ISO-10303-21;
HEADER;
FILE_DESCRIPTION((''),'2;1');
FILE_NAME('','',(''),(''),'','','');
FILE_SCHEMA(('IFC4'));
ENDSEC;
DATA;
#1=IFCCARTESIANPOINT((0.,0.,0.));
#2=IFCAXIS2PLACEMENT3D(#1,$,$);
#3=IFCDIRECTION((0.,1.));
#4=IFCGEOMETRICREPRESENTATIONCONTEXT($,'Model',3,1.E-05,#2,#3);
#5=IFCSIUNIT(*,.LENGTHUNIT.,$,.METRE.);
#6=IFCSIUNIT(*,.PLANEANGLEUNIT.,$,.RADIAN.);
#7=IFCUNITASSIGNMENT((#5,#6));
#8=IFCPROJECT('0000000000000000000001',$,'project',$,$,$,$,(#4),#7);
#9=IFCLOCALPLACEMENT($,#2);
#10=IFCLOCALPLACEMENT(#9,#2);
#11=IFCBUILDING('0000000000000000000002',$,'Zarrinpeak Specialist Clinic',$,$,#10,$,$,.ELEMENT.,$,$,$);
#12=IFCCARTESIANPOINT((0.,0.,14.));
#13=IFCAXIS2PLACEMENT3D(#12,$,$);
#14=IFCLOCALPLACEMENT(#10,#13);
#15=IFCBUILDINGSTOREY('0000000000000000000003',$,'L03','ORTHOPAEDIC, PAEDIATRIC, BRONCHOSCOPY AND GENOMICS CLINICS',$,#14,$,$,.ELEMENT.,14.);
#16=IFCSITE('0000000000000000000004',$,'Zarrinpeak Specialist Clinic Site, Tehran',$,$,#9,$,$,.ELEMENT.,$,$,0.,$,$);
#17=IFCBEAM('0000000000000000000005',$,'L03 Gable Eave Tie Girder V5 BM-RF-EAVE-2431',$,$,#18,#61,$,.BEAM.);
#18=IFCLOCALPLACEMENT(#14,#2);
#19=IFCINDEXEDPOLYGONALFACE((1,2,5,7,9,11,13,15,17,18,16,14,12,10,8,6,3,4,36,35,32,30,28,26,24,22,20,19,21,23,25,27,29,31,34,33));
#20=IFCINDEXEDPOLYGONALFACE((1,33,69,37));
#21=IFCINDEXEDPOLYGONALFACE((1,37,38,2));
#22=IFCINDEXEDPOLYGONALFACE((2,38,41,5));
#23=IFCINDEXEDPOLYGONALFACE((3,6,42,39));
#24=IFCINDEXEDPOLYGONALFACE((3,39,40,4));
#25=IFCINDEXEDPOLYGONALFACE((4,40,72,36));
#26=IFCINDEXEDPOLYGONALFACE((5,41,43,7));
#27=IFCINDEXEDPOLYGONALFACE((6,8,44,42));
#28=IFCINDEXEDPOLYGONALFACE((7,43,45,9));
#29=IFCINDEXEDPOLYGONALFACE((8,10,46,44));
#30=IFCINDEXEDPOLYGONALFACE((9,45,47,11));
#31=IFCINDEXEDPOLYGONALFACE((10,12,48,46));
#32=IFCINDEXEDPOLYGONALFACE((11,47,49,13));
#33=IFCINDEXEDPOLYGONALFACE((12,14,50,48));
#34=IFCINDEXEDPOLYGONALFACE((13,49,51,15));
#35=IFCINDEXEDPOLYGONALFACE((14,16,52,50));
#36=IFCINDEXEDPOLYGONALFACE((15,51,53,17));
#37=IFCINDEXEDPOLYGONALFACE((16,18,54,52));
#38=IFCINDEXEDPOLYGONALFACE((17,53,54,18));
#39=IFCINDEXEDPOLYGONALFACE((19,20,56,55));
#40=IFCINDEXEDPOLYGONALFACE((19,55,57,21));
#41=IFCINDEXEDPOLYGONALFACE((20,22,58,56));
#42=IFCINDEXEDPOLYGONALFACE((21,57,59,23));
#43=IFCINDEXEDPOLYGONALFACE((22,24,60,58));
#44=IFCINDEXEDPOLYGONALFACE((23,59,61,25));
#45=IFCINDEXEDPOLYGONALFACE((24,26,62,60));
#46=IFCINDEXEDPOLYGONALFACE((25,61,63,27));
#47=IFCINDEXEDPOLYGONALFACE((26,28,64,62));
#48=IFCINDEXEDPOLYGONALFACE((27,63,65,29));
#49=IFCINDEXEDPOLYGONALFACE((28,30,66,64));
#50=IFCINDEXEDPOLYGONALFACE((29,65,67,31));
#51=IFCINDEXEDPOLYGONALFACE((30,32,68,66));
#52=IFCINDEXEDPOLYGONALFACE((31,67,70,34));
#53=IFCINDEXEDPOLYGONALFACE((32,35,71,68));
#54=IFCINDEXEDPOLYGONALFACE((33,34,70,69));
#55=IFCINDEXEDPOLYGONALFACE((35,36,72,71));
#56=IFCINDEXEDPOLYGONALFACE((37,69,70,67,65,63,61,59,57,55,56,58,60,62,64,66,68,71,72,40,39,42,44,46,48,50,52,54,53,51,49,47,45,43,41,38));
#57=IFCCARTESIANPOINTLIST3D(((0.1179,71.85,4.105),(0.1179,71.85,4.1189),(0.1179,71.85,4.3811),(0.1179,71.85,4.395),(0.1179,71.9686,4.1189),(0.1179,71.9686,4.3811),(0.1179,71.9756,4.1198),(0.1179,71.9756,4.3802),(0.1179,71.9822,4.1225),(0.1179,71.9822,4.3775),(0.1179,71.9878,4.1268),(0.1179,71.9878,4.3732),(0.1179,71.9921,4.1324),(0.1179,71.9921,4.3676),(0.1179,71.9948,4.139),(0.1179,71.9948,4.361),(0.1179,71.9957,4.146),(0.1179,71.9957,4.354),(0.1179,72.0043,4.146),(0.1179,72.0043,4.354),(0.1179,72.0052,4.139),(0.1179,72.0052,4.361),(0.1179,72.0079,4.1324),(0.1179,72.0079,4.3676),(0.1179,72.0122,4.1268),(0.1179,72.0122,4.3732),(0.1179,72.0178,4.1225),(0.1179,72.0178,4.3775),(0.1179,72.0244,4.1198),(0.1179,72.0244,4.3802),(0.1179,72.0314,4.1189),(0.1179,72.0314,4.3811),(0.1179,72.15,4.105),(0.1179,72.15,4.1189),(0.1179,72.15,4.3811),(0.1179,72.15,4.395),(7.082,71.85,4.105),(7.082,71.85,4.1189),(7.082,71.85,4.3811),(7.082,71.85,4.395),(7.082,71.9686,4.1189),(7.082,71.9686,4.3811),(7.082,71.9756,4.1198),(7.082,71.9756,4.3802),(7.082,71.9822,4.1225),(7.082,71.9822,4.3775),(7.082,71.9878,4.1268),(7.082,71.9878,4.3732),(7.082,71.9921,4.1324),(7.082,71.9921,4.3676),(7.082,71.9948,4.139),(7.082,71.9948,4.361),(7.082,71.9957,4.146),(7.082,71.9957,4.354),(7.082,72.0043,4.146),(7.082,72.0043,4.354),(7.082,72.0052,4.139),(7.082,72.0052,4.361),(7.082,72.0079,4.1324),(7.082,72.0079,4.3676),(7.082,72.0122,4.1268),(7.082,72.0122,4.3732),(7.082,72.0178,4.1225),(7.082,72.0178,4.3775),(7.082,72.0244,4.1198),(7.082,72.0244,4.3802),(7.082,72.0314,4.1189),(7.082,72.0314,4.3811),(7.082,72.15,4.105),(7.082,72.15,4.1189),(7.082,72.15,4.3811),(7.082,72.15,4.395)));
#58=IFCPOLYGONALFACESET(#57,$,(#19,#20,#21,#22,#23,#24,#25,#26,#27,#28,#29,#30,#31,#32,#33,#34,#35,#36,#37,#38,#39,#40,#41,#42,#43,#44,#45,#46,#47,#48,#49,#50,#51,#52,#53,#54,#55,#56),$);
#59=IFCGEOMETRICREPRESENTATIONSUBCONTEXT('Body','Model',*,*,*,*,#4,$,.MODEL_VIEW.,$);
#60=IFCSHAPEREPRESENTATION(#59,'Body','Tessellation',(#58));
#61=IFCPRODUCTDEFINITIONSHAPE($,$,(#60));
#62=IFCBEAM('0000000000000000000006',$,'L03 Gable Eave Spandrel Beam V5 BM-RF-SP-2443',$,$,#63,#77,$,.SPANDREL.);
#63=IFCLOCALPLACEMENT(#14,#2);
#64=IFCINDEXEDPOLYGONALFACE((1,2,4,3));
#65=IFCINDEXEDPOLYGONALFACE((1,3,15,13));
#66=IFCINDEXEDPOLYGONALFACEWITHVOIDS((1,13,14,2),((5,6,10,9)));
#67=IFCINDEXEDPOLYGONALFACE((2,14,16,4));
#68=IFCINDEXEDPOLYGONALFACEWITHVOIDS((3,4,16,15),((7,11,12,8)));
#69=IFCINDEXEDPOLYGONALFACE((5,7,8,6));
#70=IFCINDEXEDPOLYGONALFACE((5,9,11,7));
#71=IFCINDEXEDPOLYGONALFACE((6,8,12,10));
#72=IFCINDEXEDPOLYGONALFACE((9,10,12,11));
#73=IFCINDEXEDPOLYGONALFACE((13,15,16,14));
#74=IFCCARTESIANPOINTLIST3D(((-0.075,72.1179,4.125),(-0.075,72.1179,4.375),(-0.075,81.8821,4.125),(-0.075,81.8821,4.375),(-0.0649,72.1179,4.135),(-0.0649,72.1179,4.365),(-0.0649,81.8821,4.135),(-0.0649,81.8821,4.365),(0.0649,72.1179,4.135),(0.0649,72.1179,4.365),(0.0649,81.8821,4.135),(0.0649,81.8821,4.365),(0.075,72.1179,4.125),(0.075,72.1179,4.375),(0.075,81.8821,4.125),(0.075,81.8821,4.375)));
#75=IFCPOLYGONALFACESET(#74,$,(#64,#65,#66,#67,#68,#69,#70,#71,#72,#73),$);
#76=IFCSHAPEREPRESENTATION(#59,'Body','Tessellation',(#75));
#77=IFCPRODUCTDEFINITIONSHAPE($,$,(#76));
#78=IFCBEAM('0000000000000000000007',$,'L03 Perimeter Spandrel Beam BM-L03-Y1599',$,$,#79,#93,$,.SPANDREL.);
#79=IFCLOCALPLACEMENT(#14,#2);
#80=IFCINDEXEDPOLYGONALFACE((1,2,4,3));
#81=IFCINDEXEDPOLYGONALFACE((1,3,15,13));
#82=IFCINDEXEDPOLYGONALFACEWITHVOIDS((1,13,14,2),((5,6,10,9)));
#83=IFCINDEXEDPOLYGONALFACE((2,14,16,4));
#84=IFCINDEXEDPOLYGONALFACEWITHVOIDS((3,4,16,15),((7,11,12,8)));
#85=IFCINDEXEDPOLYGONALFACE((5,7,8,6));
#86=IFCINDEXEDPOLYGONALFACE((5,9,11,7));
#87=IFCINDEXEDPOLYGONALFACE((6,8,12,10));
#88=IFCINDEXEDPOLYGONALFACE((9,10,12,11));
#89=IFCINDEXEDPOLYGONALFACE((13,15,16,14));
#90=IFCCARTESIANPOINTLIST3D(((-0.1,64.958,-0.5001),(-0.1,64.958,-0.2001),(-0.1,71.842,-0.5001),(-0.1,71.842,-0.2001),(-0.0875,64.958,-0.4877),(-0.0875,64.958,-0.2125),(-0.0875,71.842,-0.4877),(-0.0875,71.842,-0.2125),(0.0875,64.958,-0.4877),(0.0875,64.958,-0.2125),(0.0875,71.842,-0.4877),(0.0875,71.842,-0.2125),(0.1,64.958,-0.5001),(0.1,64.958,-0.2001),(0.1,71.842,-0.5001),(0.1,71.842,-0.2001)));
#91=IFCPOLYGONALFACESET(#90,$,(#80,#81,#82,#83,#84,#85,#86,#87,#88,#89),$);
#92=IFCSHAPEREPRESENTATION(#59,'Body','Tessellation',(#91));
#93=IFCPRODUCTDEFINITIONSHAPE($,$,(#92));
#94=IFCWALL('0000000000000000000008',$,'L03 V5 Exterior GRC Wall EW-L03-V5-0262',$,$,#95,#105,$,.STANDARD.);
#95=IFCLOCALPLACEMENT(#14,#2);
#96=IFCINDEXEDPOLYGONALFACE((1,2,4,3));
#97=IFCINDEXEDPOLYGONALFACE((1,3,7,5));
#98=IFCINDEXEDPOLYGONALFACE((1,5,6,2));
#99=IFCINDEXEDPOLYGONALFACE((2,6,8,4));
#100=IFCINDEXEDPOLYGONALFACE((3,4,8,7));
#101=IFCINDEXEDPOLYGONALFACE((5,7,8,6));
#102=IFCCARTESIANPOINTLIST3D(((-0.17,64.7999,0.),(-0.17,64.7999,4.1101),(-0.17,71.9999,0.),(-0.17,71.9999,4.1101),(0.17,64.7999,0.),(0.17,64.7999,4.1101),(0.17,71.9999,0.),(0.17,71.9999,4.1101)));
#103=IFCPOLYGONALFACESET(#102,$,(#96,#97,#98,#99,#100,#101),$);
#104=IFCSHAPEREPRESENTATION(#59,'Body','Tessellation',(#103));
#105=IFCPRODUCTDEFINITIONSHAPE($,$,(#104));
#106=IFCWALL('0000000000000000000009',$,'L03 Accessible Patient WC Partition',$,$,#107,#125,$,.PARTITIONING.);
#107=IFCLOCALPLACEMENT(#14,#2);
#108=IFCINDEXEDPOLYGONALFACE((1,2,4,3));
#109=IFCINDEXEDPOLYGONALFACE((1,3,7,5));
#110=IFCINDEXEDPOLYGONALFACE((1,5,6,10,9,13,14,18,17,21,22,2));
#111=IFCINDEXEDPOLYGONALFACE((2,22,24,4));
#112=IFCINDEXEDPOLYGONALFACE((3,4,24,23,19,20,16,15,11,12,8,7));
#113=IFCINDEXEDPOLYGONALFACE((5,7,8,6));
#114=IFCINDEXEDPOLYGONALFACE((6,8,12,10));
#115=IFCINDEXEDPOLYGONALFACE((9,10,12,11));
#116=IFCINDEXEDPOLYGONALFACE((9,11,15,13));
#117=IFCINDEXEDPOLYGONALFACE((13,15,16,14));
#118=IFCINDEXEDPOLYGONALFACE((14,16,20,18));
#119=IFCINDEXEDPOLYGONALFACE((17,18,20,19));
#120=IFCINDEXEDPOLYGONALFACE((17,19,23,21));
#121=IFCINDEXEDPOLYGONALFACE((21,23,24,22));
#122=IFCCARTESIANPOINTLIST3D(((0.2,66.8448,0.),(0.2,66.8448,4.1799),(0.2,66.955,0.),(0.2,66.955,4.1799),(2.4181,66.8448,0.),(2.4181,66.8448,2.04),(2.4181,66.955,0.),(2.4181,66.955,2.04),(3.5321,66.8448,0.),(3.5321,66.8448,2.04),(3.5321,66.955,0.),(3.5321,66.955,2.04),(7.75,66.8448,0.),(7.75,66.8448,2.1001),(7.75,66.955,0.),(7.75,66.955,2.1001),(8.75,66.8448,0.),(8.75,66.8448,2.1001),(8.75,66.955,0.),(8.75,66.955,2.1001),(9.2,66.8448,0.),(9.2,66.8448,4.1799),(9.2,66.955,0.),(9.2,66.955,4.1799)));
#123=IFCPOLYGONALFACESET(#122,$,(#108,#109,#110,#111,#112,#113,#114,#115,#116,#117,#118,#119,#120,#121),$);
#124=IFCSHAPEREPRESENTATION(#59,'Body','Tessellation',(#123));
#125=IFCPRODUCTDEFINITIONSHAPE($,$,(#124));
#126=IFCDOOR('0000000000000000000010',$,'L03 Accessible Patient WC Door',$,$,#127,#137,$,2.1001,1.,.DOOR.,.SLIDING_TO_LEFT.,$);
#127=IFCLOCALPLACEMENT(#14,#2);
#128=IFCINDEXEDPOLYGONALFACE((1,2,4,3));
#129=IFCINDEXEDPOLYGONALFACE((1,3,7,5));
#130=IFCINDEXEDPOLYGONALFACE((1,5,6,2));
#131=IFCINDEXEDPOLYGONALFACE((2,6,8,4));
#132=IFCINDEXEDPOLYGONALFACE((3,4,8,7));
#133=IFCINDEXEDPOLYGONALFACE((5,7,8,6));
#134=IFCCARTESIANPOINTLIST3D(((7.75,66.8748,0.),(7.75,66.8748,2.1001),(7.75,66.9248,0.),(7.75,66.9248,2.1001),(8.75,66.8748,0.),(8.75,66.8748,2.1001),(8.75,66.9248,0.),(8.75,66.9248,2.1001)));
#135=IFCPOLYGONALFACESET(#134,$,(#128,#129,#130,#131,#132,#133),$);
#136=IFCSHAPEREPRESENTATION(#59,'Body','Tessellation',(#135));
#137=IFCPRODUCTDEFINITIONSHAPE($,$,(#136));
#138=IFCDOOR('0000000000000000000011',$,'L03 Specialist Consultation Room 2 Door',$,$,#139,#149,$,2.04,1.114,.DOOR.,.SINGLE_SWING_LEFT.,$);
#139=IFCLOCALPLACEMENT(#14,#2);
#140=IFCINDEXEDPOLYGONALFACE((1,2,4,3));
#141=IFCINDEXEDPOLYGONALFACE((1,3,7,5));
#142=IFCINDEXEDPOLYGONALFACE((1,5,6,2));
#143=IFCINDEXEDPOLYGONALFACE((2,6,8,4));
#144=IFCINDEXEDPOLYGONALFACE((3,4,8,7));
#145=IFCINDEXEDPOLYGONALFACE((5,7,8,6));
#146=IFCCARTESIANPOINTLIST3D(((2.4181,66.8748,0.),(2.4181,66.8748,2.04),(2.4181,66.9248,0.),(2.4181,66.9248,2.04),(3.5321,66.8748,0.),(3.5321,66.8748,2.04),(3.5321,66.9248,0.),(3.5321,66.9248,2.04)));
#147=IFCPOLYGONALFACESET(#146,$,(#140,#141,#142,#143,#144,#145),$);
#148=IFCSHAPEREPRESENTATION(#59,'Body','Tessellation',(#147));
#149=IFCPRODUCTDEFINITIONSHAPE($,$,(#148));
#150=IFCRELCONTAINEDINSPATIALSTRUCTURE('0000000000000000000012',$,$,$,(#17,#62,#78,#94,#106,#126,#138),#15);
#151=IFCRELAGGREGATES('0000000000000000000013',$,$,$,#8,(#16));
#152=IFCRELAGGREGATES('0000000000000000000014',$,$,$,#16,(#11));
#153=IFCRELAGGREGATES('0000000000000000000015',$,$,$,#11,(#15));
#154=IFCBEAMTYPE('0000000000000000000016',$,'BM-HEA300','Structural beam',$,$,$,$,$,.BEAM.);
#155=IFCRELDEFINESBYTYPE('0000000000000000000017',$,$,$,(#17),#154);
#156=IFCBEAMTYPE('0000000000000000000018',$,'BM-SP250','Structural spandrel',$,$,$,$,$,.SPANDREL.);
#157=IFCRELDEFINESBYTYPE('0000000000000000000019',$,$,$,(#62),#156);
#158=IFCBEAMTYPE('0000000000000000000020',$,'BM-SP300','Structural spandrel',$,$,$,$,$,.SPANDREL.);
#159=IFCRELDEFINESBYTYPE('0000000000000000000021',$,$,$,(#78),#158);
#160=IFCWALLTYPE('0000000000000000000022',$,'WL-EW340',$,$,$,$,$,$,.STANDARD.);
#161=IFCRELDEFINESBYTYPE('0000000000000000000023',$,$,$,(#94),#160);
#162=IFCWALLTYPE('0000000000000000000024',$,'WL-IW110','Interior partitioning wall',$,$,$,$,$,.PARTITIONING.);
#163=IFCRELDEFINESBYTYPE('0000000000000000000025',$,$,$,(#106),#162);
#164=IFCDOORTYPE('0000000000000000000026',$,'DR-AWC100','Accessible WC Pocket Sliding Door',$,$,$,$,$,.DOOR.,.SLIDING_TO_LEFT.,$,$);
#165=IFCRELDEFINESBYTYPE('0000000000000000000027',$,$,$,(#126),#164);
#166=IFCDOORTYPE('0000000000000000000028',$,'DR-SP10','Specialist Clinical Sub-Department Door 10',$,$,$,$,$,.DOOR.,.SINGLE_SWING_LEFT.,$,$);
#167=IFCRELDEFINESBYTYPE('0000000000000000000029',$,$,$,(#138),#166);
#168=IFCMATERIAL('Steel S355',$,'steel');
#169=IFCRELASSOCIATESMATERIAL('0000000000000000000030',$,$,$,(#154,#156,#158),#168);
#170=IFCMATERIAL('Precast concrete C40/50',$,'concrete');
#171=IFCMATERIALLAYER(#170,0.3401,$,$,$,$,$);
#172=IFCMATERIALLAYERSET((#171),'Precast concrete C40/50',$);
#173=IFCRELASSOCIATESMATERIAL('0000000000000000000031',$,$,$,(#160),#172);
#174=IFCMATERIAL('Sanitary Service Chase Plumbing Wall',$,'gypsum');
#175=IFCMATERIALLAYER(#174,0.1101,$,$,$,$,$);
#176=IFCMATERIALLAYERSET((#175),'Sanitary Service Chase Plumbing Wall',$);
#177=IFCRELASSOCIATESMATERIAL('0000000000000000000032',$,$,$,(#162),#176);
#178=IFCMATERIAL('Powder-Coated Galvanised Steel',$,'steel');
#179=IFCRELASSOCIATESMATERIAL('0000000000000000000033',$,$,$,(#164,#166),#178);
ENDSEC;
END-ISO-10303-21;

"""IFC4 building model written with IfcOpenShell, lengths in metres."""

from ifc_helpers import new_model, si_unit, direction, frame, frame_2d, origin, origin_2d, place, context, subcontext, project, spatial, rectangle, hollow_rectangle, i_section, extrude, material, layer, layer_set, material_profile, profile_set, type_object, element, fill, save


model = new_model("IFC4")

# Units and contexts
model_context = context("Model", 3, precision=1e-05, world=origin(), true_north=direction((0.0, 1.0)))
body_context = subcontext(model_context, "Body", "Model", "MODEL_VIEW")
ifc_project = project(units=[si_unit("LENGTHUNIT", "METRE"), si_unit("PLANEANGLEUNIT", "RADIAN")], contexts=[model_context])

# Site, building, storey
site_placement = place(None, origin())
site = spatial("IfcSite", under=ifc_project, at=site_placement, Name="Zarrinpeak Specialist Clinic Site, Tehran", CompositionType="ELEMENT", RefElevation=0.0)
building_placement = place(site_placement, origin())
building = spatial("IfcBuilding", under=site, at=building_placement, Name="Zarrinpeak Specialist Clinic", CompositionType="ELEMENT")
storey_placement = place(building_placement, frame((0.0, 0.0, 14.0)))
storey = spatial("IfcBuildingStorey", under=building, at=storey_placement, Name="L03", Description="ORTHOPAEDIC, PAEDIATRIC, BRONCHOSCOPY AND GENOMICS CLINICS", CompositionType="ELEMENT", Elevation=14.0)

# Shared definitions
ifc_material_1 = material(Name="Steel S355", Category="steel")

# Beams
ifc_material_profile_1 = material_profile(ifc_material_1, i_section(OverallWidth=0.3, OverallDepth=0.29, WebThickness=0.0085, FlangeThickness=0.0139, FilletRadius=0.0271, at=origin_2d()), Name="HEA 300")
ifc_profile_set_1 = profile_set([ifc_material_profile_1], Name="Steel S355")
beam_type_1 = type_object("IfcBeamType", Name="BM-HEA300", Description="Structural beam", PredefinedType="BEAM", material=ifc_profile_set_1)
beam_1_placement = place(storey_placement, frame((0.1179, 72.0, 4.25), z_axis=(1.0, 0.0, 0.0), x_axis=(0.0, 1.0, 0.0)))
element("IfcBeam", 1, at=beam_1_placement, inside=storey, type_object=beam_type_1, Name="L03 Gable Eave Tie Girder V5 BM-RF-EAVE-2431", PredefinedType="BEAM", context=body_context, shape_type="SweptSolid", body=[
    extrude(i_section(OverallWidth=0.3, OverallDepth=0.29, WebThickness=0.0085, FlangeThickness=0.0139, FilletRadius=0.0271, at=origin_2d()), origin(), (0.0, 0.0, 1.0), 6.9641),
])
ifc_material_profile_2 = material_profile(ifc_material_1, hollow_rectangle(XDim=0.1499, YDim=0.25, WallThickness=0.01, at=origin_2d()), Name="RHS 250x150x10.0")
ifc_profile_set_2 = profile_set([ifc_material_profile_2], Name="Steel S355")
beam_type_2 = type_object("IfcBeamType", Name="BM-SP250", Description="Structural spandrel", PredefinedType="SPANDREL", material=ifc_profile_set_2)
beam_2_placement = place(storey_placement, frame((0.0, 72.1179, 4.25), z_axis=(0.0, 1.0, 0.0), x_axis=(-1.0, 0.0, 0.0)))
element("IfcBeam", 2, at=beam_2_placement, inside=storey, type_object=beam_type_2, Name="L03 Gable Eave Spandrel Beam V5 BM-RF-SP-2443", PredefinedType="SPANDREL", context=body_context, shape_type="SweptSolid", body=[
    extrude(hollow_rectangle(XDim=0.1499, YDim=0.25, WallThickness=0.01, at=origin_2d()), origin(), (0.0, 0.0, 1.0), 9.7642),
])
ifc_material_profile_3 = material_profile(ifc_material_1, hollow_rectangle(XDim=0.2, YDim=0.3, WallThickness=0.0125, at=origin_2d()), Name="RHS 300x200x12.5")
ifc_profile_set_3 = profile_set([ifc_material_profile_3], Name="Steel S355")
beam_type_3 = type_object("IfcBeamType", Name="BM-SP300", Description="Structural spandrel", PredefinedType="SPANDREL", material=ifc_profile_set_3)
beam_3_placement = place(storey_placement, frame((0.0, 64.958, -0.3501), z_axis=(0.0, 1.0, 0.0), x_axis=(-1.0, 0.0, 0.0)))
element("IfcBeam", 3, at=beam_3_placement, inside=storey, type_object=beam_type_3, Name="L03 Perimeter Spandrel Beam BM-L03-Y1599", PredefinedType="SPANDREL", context=body_context, shape_type="SweptSolid", body=[
    extrude(hollow_rectangle(XDim=0.2, YDim=0.3, WallThickness=0.0125, at=origin_2d()), origin(), (0.0, 0.0, 1.0), 6.884),
])

# Wall
ifc_material_2 = material(Name="Precast concrete C40/50", Category="concrete")
ifc_layer_1 = layer(ifc_material_2, 0.3401)
ifc_layer_set_1 = layer_set([ifc_layer_1], Name="Precast concrete C40/50")
wall_type_1 = type_object("IfcWallType", Name="WL-EW340", PredefinedType="STANDARD", material=ifc_layer_set_1)
wall_1_placement = place(storey_placement, frame((0.0, 72.0, 0.0), z_axis=(0.0, 0.0, 1.0), x_axis=(0.0, -1.0, 0.0)))
element("IfcWall", 4, at=wall_1_placement, inside=storey, type_object=wall_type_1, Name="L03 V5 Exterior GRC Wall EW-L03-V5-0262", PredefinedType="STANDARD", context=body_context, shape_type="SweptSolid", body=[
    extrude(rectangle(XDim=7.2, YDim=0.3401, at=frame_2d((3.6001, 0.0))), origin(), (0.0, 0.0, 1.0), 4.1101),
])

# Wall, openings, doors
ifc_material_3 = material(Name="Sanitary Service Chase Plumbing Wall", Category="gypsum")
ifc_layer_2 = layer(ifc_material_3, 0.1101)
ifc_layer_set_2 = layer_set([ifc_layer_2], Name="Sanitary Service Chase Plumbing Wall")
wall_type_2 = type_object("IfcWallType", Name="WL-IW110", Description="Interior partitioning wall", PredefinedType="PARTITIONING", material=ifc_layer_set_2)
wall_2_placement = place(storey_placement, frame((0.2, 66.8999, 0.0), z_axis=(0.0, 0.0, 1.0), x_axis=(1.0, 0.0, 0.0)))
wall_2 = element("IfcWall", 5, at=wall_2_placement, inside=storey, type_object=wall_type_2, Name="L03 Accessible Patient WC Partition", PredefinedType="PARTITIONING", context=body_context, shape_type="SweptSolid", body=[
    extrude(rectangle(XDim=9.0, YDim=0.1101, at=frame_2d((4.5, 0.0))), origin(), (0.0, 0.0, 1.0), 4.1799),
])
opening_1_placement = place(wall_2_placement, frame((7.55, 0.0, 0.0)))
opening_1 = element("IfcOpeningElement", 6, at=opening_1_placement, cuts=wall_2, PredefinedType="OPENING", context=body_context, shape_type="SweptSolid", body=[
    extrude(rectangle(XDim=1.0, YDim=2.1001, at=frame_2d((0.5, 1.05))), frame((0.0, 0.0649, 0.0), z_axis=(0.0, -1.0, 0.0), x_axis=(1.0, 0.0, 0.0)), (0.0, 0.0, 1.0), 0.1301),
])
opening_2_placement = place(wall_2_placement, frame((2.218, 0.0, 0.0)))
opening_2 = element("IfcOpeningElement", 7, at=opening_2_placement, cuts=wall_2, PredefinedType="OPENING", context=body_context, shape_type="SweptSolid", body=[
    extrude(rectangle(XDim=1.114, YDim=2.04, at=frame_2d((0.5571, 1.02))), frame((0.0, 0.0649, 0.0), z_axis=(0.0, -1.0, 0.0), x_axis=(1.0, 0.0, 0.0)), (0.0, 0.0, 1.0), 0.1301),
])
ifc_material_4 = material(Name="Powder-Coated Galvanised Steel", Category="steel")
door_type_1 = type_object("IfcDoorType", Name="DR-AWC100", Description="Accessible WC Pocket Sliding Door", OperationType="SLIDING_TO_LEFT", PredefinedType="DOOR", material=ifc_material_4)
door_1_placement = place(opening_1_placement, origin())
door_1 = element("IfcDoor", 8, at=door_1_placement, inside=storey, type_object=door_type_1, Name="L03 Accessible Patient WC Door", OperationType="SLIDING_TO_LEFT", OverallHeight=2.1001, OverallWidth=1.0, PredefinedType="DOOR", context=body_context, shape_type="SweptSolid", body=[
    extrude(rectangle(XDim=1.0, YDim=2.1001, at=frame_2d((0.5, 1.05))), frame((0.0, 0.0249, 0.0), z_axis=(0.0, -1.0, 0.0), x_axis=(1.0, 0.0, 0.0)), (0.0, 0.0, 1.0), 0.05),
])
fill(opening_1, door_1)
door_type_2 = type_object("IfcDoorType", Name="DR-SP10", Description="Specialist Clinical Sub-Department Door 10", OperationType="SINGLE_SWING_LEFT", PredefinedType="DOOR", material=ifc_material_4)
door_2_placement = place(opening_2_placement, origin())
door_2 = element("IfcDoor", 9, at=door_2_placement, inside=storey, type_object=door_type_2, Name="L03 Specialist Consultation Room 2 Door", OperationType="SINGLE_SWING_LEFT", OverallHeight=2.04, OverallWidth=1.114, PredefinedType="DOOR", context=body_context, shape_type="SweptSolid", body=[
    extrude(rectangle(XDim=1.114, YDim=2.04, at=frame_2d((0.5571, 1.02))), frame((0.0, 0.0249, 0.0), z_axis=(0.0, -1.0, 0.0), x_axis=(1.0, 0.0, 0.0)), (0.0, 0.0, 1.0), 0.05),
])
fill(opening_2, door_2)

save(model, "model.ifc")
